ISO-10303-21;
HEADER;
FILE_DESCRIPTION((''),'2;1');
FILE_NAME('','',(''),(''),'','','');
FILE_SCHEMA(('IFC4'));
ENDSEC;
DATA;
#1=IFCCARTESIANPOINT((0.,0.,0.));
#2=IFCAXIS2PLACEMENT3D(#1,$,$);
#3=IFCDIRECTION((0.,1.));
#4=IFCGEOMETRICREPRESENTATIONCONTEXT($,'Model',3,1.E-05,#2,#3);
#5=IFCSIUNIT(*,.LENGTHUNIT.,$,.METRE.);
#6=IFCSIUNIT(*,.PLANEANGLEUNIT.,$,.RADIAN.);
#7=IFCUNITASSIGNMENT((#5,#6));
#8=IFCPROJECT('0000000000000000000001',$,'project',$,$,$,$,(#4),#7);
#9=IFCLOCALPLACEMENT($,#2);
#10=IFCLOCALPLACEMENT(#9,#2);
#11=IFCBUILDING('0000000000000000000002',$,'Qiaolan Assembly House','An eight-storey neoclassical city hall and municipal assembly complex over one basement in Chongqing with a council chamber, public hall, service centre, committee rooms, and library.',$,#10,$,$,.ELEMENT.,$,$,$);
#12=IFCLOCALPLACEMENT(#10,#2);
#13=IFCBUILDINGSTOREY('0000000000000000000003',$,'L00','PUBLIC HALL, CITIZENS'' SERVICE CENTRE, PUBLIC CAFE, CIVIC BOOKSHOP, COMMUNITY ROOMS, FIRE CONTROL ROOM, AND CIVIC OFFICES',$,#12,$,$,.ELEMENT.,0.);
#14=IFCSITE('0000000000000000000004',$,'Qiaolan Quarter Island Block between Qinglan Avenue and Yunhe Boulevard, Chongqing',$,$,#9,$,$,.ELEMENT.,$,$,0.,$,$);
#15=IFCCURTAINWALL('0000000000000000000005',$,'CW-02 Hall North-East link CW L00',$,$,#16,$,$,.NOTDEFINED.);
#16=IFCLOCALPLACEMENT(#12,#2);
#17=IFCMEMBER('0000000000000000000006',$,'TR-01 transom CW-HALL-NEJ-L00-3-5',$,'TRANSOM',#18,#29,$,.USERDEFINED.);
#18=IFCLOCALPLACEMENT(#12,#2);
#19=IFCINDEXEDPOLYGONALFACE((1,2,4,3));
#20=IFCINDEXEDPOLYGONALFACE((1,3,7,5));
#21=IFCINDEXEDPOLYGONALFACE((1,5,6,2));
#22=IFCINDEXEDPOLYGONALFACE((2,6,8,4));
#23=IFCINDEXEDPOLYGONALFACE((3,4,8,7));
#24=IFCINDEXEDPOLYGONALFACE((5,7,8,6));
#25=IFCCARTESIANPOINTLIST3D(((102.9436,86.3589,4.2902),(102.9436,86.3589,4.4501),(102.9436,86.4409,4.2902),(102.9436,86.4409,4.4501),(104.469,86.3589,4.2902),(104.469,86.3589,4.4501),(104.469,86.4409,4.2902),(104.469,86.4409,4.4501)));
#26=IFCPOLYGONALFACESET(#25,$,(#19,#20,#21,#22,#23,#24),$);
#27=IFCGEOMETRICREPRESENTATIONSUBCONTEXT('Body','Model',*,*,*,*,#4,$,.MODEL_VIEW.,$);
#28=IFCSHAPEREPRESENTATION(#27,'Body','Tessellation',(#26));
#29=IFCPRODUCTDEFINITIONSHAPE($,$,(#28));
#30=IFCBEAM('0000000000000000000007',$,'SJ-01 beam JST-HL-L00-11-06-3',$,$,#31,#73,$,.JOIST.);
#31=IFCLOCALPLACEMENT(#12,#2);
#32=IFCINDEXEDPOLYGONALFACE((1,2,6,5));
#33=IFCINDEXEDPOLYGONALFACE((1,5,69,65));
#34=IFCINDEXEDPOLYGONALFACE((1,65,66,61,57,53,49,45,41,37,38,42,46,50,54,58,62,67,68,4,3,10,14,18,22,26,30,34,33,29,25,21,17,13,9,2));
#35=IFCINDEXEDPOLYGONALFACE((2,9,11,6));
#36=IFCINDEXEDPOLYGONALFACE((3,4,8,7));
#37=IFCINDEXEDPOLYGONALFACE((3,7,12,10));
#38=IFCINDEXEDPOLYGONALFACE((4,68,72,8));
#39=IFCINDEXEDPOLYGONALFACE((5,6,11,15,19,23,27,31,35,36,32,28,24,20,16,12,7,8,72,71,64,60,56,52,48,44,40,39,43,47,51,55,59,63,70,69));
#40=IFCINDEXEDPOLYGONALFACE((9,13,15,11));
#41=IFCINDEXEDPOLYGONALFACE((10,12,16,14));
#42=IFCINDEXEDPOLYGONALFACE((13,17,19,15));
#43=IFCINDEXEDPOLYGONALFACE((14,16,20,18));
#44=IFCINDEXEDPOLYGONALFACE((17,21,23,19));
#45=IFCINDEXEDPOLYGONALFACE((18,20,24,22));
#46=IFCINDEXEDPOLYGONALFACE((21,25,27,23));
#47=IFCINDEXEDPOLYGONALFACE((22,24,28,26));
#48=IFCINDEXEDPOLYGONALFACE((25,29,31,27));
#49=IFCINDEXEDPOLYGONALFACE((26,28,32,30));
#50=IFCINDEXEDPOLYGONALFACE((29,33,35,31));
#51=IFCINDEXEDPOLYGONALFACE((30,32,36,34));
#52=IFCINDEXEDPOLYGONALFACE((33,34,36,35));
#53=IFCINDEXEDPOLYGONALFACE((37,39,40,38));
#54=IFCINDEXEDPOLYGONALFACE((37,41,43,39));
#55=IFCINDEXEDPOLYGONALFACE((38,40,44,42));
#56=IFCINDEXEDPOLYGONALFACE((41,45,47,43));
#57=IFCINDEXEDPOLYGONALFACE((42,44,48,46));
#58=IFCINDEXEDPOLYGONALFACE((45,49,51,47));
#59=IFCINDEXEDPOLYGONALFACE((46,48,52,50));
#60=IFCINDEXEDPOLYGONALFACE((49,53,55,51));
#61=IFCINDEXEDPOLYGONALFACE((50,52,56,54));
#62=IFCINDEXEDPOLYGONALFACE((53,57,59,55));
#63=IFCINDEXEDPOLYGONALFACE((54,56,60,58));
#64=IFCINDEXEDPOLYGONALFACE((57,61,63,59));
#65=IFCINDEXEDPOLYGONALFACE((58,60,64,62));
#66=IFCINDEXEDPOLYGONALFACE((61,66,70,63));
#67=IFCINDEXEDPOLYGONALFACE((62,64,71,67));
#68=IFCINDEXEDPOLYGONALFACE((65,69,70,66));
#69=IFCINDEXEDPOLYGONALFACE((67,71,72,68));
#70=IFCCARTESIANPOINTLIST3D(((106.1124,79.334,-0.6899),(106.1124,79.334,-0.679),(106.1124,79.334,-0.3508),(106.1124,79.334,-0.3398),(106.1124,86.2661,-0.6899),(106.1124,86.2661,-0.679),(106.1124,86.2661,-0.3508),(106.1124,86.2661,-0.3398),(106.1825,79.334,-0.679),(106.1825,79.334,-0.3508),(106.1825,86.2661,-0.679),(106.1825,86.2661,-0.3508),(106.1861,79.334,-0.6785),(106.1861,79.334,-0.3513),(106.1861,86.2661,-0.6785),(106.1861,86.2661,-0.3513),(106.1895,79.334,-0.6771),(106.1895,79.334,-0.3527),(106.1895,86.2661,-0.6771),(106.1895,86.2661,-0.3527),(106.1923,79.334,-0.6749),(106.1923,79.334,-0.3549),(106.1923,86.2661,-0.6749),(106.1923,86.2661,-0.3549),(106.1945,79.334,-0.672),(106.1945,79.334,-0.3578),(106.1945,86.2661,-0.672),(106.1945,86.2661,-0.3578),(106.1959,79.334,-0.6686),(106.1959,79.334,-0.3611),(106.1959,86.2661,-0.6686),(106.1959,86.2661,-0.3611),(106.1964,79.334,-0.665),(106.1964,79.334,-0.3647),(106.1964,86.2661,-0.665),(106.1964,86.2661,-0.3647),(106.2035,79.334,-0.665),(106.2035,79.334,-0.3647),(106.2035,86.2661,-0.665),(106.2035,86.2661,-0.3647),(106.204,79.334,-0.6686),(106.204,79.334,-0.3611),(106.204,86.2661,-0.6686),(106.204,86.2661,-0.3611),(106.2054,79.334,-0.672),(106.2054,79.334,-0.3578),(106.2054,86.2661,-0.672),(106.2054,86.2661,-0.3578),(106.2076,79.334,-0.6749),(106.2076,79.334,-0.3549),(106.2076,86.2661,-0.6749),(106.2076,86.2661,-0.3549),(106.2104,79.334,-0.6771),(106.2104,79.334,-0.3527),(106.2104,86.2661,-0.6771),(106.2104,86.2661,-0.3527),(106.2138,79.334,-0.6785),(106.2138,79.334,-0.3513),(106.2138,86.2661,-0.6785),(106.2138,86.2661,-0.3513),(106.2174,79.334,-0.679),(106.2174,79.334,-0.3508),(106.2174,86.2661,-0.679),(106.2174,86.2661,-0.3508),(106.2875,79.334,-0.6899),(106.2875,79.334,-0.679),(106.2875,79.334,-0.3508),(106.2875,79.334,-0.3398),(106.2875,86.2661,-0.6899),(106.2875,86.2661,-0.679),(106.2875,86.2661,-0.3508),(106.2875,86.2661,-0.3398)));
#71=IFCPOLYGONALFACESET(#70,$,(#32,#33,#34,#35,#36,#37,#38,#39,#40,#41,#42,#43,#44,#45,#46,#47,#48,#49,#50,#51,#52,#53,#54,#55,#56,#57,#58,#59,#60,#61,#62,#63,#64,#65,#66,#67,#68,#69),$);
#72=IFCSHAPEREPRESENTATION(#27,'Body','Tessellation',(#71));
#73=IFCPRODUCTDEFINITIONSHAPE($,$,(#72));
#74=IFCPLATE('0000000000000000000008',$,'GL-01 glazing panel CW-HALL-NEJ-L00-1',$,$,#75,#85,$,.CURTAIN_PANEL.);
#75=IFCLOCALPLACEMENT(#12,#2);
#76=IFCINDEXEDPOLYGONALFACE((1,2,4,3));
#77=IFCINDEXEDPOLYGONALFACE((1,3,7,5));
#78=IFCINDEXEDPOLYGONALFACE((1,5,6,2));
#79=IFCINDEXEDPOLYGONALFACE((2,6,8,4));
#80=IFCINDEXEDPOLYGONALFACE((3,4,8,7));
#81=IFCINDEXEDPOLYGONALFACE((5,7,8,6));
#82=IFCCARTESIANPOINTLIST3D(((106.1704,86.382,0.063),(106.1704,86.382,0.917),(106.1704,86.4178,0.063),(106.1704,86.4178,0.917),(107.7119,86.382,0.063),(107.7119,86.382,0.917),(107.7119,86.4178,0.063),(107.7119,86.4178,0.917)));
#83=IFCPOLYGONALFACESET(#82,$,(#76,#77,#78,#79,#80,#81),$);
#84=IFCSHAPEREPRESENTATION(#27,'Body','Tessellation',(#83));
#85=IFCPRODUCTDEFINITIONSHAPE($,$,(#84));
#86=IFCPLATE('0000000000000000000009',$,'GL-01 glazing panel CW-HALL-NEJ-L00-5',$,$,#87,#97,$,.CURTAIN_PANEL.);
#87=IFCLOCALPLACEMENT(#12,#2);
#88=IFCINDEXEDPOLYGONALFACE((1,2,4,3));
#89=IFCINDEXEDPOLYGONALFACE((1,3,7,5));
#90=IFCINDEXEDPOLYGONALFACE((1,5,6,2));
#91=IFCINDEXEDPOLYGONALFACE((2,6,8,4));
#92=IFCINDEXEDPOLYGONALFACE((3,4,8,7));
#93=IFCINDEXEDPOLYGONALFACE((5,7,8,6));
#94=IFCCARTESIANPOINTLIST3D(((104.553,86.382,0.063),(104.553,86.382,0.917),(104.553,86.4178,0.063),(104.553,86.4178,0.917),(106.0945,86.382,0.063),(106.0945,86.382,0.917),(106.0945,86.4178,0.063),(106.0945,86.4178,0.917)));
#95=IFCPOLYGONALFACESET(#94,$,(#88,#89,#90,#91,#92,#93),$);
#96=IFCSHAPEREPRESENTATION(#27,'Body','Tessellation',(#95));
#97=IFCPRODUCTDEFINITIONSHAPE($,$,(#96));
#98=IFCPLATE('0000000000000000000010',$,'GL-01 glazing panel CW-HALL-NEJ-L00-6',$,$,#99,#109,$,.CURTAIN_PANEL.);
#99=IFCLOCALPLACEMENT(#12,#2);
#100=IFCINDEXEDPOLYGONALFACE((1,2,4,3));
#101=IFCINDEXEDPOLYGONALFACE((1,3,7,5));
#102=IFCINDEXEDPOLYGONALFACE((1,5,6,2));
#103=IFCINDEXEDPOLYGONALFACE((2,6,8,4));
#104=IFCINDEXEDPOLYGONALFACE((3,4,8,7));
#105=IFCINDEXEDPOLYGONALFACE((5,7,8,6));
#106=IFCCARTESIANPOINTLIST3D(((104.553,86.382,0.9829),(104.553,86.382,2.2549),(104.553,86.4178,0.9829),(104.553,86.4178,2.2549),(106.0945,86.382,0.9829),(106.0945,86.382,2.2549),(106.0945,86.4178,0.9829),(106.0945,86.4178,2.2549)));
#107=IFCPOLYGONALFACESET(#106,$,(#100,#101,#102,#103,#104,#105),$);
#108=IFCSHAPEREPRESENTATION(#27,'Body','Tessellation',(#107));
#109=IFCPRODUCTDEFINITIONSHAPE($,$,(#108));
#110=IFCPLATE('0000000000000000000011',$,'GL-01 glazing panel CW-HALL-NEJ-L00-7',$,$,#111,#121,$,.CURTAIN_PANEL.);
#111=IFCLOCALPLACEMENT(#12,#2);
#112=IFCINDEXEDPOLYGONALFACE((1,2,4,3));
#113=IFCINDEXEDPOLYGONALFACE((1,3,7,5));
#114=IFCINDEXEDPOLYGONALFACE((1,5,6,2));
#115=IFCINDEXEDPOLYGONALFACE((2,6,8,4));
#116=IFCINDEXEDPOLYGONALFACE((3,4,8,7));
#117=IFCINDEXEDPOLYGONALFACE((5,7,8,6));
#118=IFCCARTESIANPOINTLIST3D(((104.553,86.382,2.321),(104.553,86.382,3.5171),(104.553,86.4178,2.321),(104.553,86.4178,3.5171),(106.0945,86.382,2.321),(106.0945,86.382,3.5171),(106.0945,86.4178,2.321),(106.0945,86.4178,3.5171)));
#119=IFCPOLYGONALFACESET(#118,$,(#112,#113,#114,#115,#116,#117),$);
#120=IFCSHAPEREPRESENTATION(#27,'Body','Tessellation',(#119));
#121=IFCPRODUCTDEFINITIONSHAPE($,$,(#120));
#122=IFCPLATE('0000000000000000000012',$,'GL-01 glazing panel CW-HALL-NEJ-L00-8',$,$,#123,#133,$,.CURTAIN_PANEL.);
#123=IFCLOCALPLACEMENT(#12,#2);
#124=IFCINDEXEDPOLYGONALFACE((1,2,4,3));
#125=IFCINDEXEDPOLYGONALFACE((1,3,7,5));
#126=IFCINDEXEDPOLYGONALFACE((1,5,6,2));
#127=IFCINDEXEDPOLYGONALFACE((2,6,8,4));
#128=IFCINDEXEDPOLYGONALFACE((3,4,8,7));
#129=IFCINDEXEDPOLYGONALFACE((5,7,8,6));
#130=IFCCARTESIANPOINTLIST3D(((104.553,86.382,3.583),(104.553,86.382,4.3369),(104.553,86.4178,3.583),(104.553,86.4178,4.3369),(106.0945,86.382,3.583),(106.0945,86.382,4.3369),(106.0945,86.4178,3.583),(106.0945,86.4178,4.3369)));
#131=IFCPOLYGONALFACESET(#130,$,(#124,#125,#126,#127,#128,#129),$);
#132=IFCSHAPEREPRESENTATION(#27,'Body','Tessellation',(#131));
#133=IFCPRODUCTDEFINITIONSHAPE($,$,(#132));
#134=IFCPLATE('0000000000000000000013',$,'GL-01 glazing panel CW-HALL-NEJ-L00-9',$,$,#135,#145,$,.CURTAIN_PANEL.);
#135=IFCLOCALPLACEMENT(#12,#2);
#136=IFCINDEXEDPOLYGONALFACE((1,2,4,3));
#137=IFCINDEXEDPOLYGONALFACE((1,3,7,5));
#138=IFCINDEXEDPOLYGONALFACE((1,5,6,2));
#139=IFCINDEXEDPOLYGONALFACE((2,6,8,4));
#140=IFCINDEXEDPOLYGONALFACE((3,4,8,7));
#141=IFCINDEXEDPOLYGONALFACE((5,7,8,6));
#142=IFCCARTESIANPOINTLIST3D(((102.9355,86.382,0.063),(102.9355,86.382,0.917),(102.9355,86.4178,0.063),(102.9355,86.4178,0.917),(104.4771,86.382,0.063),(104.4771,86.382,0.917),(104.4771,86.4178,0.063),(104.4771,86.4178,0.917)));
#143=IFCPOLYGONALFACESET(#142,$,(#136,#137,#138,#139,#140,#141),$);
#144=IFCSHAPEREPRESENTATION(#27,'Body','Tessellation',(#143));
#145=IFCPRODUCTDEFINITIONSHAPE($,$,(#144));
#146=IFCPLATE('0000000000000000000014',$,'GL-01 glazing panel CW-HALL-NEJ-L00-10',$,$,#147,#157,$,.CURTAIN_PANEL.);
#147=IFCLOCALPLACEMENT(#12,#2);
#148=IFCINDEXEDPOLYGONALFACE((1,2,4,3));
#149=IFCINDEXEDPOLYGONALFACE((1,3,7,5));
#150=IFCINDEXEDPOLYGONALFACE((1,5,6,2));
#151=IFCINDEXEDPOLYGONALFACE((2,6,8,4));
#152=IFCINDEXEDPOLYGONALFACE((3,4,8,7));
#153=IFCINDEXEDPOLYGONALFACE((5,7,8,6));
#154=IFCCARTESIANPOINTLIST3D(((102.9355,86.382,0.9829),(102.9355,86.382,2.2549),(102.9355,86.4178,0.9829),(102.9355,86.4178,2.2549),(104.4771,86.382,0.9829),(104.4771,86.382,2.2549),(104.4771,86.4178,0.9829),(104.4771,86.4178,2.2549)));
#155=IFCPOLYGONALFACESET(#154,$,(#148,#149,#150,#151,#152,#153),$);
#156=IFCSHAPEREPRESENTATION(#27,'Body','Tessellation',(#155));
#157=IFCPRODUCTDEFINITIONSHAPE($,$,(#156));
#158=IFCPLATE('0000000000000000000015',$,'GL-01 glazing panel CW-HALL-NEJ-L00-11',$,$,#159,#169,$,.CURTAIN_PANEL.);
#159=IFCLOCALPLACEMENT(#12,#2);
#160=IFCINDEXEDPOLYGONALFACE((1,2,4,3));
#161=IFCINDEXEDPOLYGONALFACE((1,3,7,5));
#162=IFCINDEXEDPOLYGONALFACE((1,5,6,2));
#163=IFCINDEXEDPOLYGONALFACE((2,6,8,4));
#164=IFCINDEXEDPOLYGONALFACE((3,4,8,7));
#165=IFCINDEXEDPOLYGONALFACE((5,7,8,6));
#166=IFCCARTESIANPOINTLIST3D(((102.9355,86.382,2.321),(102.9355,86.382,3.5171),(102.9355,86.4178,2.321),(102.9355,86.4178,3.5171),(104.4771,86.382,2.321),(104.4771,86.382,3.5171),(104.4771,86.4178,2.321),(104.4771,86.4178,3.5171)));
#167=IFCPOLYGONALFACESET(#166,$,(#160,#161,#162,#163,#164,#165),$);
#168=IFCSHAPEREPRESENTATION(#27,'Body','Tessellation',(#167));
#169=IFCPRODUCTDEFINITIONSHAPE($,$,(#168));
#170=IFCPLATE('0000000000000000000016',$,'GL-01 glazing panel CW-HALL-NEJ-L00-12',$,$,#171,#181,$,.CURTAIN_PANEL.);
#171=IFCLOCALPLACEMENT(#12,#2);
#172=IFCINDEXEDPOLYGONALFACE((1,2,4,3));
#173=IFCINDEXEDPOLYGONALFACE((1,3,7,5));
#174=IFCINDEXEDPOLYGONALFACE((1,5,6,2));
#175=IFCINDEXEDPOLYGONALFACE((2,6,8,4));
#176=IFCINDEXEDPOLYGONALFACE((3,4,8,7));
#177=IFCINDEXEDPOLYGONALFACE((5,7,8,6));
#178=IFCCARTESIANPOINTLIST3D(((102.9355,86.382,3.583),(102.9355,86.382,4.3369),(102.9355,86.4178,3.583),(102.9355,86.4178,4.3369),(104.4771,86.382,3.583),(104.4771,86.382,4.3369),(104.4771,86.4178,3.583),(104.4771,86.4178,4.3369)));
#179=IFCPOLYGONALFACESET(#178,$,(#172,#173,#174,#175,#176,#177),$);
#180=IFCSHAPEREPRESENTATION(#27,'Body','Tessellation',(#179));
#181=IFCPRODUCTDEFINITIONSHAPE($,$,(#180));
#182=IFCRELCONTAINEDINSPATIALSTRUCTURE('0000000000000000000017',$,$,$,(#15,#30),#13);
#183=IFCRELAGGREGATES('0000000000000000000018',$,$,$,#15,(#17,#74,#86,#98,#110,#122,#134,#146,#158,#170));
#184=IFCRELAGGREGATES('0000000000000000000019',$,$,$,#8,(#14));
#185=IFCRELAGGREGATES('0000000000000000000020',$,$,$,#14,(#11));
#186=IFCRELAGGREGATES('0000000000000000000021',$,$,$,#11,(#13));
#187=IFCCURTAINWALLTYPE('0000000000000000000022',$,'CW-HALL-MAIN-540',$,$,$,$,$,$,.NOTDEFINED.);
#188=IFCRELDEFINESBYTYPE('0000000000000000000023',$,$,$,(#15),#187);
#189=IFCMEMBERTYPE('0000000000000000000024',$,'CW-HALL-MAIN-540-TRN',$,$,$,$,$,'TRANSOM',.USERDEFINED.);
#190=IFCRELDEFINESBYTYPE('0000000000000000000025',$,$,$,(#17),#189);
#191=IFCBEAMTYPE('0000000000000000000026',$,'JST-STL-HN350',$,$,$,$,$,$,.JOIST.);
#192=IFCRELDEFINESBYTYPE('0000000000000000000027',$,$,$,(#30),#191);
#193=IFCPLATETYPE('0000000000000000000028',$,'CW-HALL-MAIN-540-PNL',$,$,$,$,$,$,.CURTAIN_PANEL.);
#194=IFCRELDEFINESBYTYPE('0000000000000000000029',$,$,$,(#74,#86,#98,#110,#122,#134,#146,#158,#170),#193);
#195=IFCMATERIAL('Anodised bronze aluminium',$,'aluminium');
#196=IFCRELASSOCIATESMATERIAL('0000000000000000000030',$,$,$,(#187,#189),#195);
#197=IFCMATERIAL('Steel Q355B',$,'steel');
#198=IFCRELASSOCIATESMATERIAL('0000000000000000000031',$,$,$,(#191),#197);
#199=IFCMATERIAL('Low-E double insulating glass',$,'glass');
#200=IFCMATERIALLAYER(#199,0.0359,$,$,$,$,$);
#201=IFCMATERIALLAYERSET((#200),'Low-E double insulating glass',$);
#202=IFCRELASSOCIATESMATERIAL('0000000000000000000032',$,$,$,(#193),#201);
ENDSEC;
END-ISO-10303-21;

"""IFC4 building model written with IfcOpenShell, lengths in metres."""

from ifc_helpers import new_model, si_unit, direction, frame, frame_2d, origin, origin_2d, place, context, subcontext, project, spatial, rectangle, i_section, extrude, material, layer, layer_set, material_profile, profile_set, type_object, element, aggregate, save


model = new_model("IFC4")

# Units and contexts
model_context = context("Model", 3, precision=1e-05, world=origin(), true_north=direction((0.0, 1.0)))
body_context = subcontext(model_context, "Body", "Model", "MODEL_VIEW")
ifc_project = project(units=[si_unit("LENGTHUNIT", "METRE"), si_unit("PLANEANGLEUNIT", "RADIAN")], contexts=[model_context])

# Site, building, storey
site_placement = place(None, origin())
site = spatial("IfcSite", under=ifc_project, at=site_placement, Name="Qiaolan Quarter Island Block between Qinglan Avenue and Yunhe Boulevard, Chongqing", CompositionType="ELEMENT", RefElevation=0.0)
building_placement = place(site_placement, origin())
building = spatial("IfcBuilding", under=site, at=building_placement, Name="Qiaolan Assembly House", Description="An eight-storey neoclassical city hall and municipal assembly complex over one basement in Chongqing with a council chamber, public hall, service centre, committee rooms, and library.", CompositionType="ELEMENT")
storey_placement = place(building_placement, origin())
storey = spatial("IfcBuildingStorey", under=building, at=storey_placement, Name="L00", Description="PUBLIC HALL, CITIZENS' SERVICE CENTRE, PUBLIC CAFE, CIVIC BOOKSHOP, COMMUNITY ROOMS, FIRE CONTROL ROOM, AND CIVIC OFFICES", CompositionType="ELEMENT", Elevation=0.0)

# Curtain wall, member
ifc_material_1 = material(Name="Anodised bronze aluminium", Category="aluminium")
curtain_wall_type = type_object("IfcCurtainWallType", Name="CW-HALL-MAIN-540", PredefinedType="NOTDEFINED", material=ifc_material_1)
curtain_wall_placement = place(storey_placement, origin())
curtain_wall = element("IfcCurtainWall", 1, at=curtain_wall_placement, inside=storey, type_object=curtain_wall_type, Name="CW-02 Hall North-East link CW L00", PredefinedType="NOTDEFINED")
ifc_material_profile_1 = material_profile(ifc_material_1, rectangle(XDim=0.082, YDim=0.1599, at=origin_2d()), Name="TRN 82x160")
ifc_profile_set_1 = profile_set([ifc_material_profile_1], Name="Anodised bronze aluminium")
member_type_1 = type_object("IfcMemberType", Name="CW-HALL-MAIN-540-TRN", ElementType="TRANSOM", PredefinedType="USERDEFINED", material=ifc_profile_set_1)
member_1_placement = place(storey_placement, frame((104.469, 86.3999, 4.3701), z_axis=(-1.0, 0.0, 0.0), x_axis=(0.0, -1.0, 0.0)))
member_1 = element("IfcMember", 2, at=member_1_placement, type_object=member_type_1, Name="TR-01 transom CW-HALL-NEJ-L00-3-5", ObjectType="TRANSOM", PredefinedType="USERDEFINED", context=body_context, shape_type="SweptSolid", body=[
    extrude(rectangle(XDim=0.082, YDim=0.1599, at=origin_2d()), origin(), (0.0, 0.0, 1.0), 1.5254),
])

# Beam
ifc_material_2 = material(Name="Steel Q355B", Category="steel")
ifc_material_profile_2 = material_profile(ifc_material_2, i_section(OverallWidth=0.175, OverallDepth=0.3501, WebThickness=0.0071, FlangeThickness=0.011, FilletRadius=0.0139, at=origin_2d()), Name="HN 350x175x7x11")
ifc_profile_set_2 = profile_set([ifc_material_profile_2], Name="Steel Q355B")
beam_type = type_object("IfcBeamType", Name="JST-STL-HN350", PredefinedType="JOIST", material=ifc_profile_set_2)
beam_placement = place(storey_placement, frame((106.2, 79.334, -0.5149), z_axis=(0.0, 1.0, 0.0), x_axis=(-1.0, 0.0, 0.0)))
element("IfcBeam", 3, at=beam_placement, inside=storey, type_object=beam_type, Name="SJ-01 beam JST-HL-L00-11-06-3", PredefinedType="JOIST", context=body_context, shape_type="SweptSolid", body=[
    extrude(i_section(OverallWidth=0.175, OverallDepth=0.3501, WebThickness=0.0071, FlangeThickness=0.011, FilletRadius=0.0139, at=origin_2d()), origin(), (0.0, 0.0, 1.0), 6.9321),
])

# Plates
ifc_material_3 = material(Name="Low-E double insulating glass", Category="glass")
ifc_layer = layer(ifc_material_3, 0.0359)
ifc_layer_set = layer_set([ifc_layer], Name="Low-E double insulating glass")
plate_type = type_object("IfcPlateType", Name="CW-HALL-MAIN-540-PNL", PredefinedType="CURTAIN_PANEL", material=ifc_layer_set)
plate_1_placement = place(storey_placement, frame((107.7119, 86.3999, 0.063), z_axis=(0.0, 0.0, 1.0), x_axis=(-1.0, 0.0, 0.0)))
plate_1 = element("IfcPlate", 4, at=plate_1_placement, type_object=plate_type, Name="GL-01 glazing panel CW-HALL-NEJ-L00-1", PredefinedType="CURTAIN_PANEL", context=body_context, shape_type="SweptSolid", body=[
    extrude(rectangle(XDim=1.5415, YDim=0.0359, at=frame_2d((0.7708, 0.0))), origin(), (0.0, 0.0, 1.0), 0.854),
])
plate_2_placement = place(storey_placement, frame((106.0945, 86.3999, 0.063), z_axis=(0.0, 0.0, 1.0), x_axis=(-1.0, 0.0, 0.0)))
plate_2 = element("IfcPlate", 5, at=plate_2_placement, type_object=plate_type, Name="GL-01 glazing panel CW-HALL-NEJ-L00-5", PredefinedType="CURTAIN_PANEL", context=body_context, shape_type="SweptSolid", body=[
    extrude(rectangle(XDim=1.5415, YDim=0.0359, at=frame_2d((0.7708, 0.0))), origin(), (0.0, 0.0, 1.0), 0.854),
])
plate_3_placement = place(storey_placement, frame((106.0945, 86.3999, 0.9829), z_axis=(0.0, 0.0, 1.0), x_axis=(-1.0, 0.0, 0.0)))
plate_3 = element("IfcPlate", 6, at=plate_3_placement, type_object=plate_type, Name="GL-01 glazing panel CW-HALL-NEJ-L00-6", PredefinedType="CURTAIN_PANEL", context=body_context, shape_type="SweptSolid", body=[
    extrude(rectangle(XDim=1.5415, YDim=0.0359, at=frame_2d((0.7708, 0.0))), origin(), (0.0, 0.0, 1.0), 1.272),
])
plate_4_placement = place(storey_placement, frame((106.0945, 86.3999, 2.321), z_axis=(0.0, 0.0, 1.0), x_axis=(-1.0, 0.0, 0.0)))
plate_4 = element("IfcPlate", 7, at=plate_4_placement, type_object=plate_type, Name="GL-01 glazing panel CW-HALL-NEJ-L00-7", PredefinedType="CURTAIN_PANEL", context=body_context, shape_type="SweptSolid", body=[
    extrude(rectangle(XDim=1.5415, YDim=0.0359, at=frame_2d((0.7708, 0.0))), origin(), (0.0, 0.0, 1.0), 1.196),
])
plate_5_placement = place(storey_placement, frame((106.0945, 86.3999, 3.583), z_axis=(0.0, 0.0, 1.0), x_axis=(-1.0, 0.0, 0.0)))
plate_5 = element("IfcPlate", 8, at=plate_5_placement, type_object=plate_type, Name="GL-01 glazing panel CW-HALL-NEJ-L00-8", PredefinedType="CURTAIN_PANEL", context=body_context, shape_type="SweptSolid", body=[
    extrude(rectangle(XDim=1.5415, YDim=0.0359, at=frame_2d((0.7708, 0.0))), origin(), (0.0, 0.0, 1.0), 0.7539),
])
plate_6_placement = place(storey_placement, frame((104.4771, 86.3999, 0.063), z_axis=(0.0, 0.0, 1.0), x_axis=(-1.0, 0.0, 0.0)))
plate_6 = element("IfcPlate", 9, at=plate_6_placement, type_object=plate_type, Name="GL-01 glazing panel CW-HALL-NEJ-L00-9", PredefinedType="CURTAIN_PANEL", context=body_context, shape_type="SweptSolid", body=[
    extrude(rectangle(XDim=1.5415, YDim=0.0359, at=frame_2d((0.7708, 0.0))), origin(), (0.0, 0.0, 1.0), 0.854),
])
plate_7_placement = place(storey_placement, frame((104.4771, 86.3999, 0.9829), z_axis=(0.0, 0.0, 1.0), x_axis=(-1.0, 0.0, 0.0)))
plate_7 = element("IfcPlate", 10, at=plate_7_placement, type_object=plate_type, Name="GL-01 glazing panel CW-HALL-NEJ-L00-10", PredefinedType="CURTAIN_PANEL", context=body_context, shape_type="SweptSolid", body=[
    extrude(rectangle(XDim=1.5415, YDim=0.0359, at=frame_2d((0.7708, 0.0))), origin(), (0.0, 0.0, 1.0), 1.272),
])
plate_8_placement = place(storey_placement, frame((104.4771, 86.3999, 2.321), z_axis=(0.0, 0.0, 1.0), x_axis=(-1.0, 0.0, 0.0)))
plate_8 = element("IfcPlate", 11, at=plate_8_placement, type_object=plate_type, Name="GL-01 glazing panel CW-HALL-NEJ-L00-11", PredefinedType="CURTAIN_PANEL", context=body_context, shape_type="SweptSolid", body=[
    extrude(rectangle(XDim=1.5415, YDim=0.0359, at=frame_2d((0.7708, 0.0))), origin(), (0.0, 0.0, 1.0), 1.196),
])
plate_9_placement = place(storey_placement, frame((104.4771, 86.3999, 3.583), z_axis=(0.0, 0.0, 1.0), x_axis=(-1.0, 0.0, 0.0)))
plate_9 = element("IfcPlate", 12, at=plate_9_placement, type_object=plate_type, Name="GL-01 glazing panel CW-HALL-NEJ-L00-12", PredefinedType="CURTAIN_PANEL", context=body_context, shape_type="SweptSolid", body=[
    extrude(rectangle(XDim=1.5415, YDim=0.0359, at=frame_2d((0.7708, 0.0))), origin(), (0.0, 0.0, 1.0), 0.7539),
])
aggregate(curtain_wall, [member_1, plate_1, plate_2, plate_3, plate_4, plate_5, plate_6, plate_7, plate_8, plate_9])

save(model, "model.ifc")
